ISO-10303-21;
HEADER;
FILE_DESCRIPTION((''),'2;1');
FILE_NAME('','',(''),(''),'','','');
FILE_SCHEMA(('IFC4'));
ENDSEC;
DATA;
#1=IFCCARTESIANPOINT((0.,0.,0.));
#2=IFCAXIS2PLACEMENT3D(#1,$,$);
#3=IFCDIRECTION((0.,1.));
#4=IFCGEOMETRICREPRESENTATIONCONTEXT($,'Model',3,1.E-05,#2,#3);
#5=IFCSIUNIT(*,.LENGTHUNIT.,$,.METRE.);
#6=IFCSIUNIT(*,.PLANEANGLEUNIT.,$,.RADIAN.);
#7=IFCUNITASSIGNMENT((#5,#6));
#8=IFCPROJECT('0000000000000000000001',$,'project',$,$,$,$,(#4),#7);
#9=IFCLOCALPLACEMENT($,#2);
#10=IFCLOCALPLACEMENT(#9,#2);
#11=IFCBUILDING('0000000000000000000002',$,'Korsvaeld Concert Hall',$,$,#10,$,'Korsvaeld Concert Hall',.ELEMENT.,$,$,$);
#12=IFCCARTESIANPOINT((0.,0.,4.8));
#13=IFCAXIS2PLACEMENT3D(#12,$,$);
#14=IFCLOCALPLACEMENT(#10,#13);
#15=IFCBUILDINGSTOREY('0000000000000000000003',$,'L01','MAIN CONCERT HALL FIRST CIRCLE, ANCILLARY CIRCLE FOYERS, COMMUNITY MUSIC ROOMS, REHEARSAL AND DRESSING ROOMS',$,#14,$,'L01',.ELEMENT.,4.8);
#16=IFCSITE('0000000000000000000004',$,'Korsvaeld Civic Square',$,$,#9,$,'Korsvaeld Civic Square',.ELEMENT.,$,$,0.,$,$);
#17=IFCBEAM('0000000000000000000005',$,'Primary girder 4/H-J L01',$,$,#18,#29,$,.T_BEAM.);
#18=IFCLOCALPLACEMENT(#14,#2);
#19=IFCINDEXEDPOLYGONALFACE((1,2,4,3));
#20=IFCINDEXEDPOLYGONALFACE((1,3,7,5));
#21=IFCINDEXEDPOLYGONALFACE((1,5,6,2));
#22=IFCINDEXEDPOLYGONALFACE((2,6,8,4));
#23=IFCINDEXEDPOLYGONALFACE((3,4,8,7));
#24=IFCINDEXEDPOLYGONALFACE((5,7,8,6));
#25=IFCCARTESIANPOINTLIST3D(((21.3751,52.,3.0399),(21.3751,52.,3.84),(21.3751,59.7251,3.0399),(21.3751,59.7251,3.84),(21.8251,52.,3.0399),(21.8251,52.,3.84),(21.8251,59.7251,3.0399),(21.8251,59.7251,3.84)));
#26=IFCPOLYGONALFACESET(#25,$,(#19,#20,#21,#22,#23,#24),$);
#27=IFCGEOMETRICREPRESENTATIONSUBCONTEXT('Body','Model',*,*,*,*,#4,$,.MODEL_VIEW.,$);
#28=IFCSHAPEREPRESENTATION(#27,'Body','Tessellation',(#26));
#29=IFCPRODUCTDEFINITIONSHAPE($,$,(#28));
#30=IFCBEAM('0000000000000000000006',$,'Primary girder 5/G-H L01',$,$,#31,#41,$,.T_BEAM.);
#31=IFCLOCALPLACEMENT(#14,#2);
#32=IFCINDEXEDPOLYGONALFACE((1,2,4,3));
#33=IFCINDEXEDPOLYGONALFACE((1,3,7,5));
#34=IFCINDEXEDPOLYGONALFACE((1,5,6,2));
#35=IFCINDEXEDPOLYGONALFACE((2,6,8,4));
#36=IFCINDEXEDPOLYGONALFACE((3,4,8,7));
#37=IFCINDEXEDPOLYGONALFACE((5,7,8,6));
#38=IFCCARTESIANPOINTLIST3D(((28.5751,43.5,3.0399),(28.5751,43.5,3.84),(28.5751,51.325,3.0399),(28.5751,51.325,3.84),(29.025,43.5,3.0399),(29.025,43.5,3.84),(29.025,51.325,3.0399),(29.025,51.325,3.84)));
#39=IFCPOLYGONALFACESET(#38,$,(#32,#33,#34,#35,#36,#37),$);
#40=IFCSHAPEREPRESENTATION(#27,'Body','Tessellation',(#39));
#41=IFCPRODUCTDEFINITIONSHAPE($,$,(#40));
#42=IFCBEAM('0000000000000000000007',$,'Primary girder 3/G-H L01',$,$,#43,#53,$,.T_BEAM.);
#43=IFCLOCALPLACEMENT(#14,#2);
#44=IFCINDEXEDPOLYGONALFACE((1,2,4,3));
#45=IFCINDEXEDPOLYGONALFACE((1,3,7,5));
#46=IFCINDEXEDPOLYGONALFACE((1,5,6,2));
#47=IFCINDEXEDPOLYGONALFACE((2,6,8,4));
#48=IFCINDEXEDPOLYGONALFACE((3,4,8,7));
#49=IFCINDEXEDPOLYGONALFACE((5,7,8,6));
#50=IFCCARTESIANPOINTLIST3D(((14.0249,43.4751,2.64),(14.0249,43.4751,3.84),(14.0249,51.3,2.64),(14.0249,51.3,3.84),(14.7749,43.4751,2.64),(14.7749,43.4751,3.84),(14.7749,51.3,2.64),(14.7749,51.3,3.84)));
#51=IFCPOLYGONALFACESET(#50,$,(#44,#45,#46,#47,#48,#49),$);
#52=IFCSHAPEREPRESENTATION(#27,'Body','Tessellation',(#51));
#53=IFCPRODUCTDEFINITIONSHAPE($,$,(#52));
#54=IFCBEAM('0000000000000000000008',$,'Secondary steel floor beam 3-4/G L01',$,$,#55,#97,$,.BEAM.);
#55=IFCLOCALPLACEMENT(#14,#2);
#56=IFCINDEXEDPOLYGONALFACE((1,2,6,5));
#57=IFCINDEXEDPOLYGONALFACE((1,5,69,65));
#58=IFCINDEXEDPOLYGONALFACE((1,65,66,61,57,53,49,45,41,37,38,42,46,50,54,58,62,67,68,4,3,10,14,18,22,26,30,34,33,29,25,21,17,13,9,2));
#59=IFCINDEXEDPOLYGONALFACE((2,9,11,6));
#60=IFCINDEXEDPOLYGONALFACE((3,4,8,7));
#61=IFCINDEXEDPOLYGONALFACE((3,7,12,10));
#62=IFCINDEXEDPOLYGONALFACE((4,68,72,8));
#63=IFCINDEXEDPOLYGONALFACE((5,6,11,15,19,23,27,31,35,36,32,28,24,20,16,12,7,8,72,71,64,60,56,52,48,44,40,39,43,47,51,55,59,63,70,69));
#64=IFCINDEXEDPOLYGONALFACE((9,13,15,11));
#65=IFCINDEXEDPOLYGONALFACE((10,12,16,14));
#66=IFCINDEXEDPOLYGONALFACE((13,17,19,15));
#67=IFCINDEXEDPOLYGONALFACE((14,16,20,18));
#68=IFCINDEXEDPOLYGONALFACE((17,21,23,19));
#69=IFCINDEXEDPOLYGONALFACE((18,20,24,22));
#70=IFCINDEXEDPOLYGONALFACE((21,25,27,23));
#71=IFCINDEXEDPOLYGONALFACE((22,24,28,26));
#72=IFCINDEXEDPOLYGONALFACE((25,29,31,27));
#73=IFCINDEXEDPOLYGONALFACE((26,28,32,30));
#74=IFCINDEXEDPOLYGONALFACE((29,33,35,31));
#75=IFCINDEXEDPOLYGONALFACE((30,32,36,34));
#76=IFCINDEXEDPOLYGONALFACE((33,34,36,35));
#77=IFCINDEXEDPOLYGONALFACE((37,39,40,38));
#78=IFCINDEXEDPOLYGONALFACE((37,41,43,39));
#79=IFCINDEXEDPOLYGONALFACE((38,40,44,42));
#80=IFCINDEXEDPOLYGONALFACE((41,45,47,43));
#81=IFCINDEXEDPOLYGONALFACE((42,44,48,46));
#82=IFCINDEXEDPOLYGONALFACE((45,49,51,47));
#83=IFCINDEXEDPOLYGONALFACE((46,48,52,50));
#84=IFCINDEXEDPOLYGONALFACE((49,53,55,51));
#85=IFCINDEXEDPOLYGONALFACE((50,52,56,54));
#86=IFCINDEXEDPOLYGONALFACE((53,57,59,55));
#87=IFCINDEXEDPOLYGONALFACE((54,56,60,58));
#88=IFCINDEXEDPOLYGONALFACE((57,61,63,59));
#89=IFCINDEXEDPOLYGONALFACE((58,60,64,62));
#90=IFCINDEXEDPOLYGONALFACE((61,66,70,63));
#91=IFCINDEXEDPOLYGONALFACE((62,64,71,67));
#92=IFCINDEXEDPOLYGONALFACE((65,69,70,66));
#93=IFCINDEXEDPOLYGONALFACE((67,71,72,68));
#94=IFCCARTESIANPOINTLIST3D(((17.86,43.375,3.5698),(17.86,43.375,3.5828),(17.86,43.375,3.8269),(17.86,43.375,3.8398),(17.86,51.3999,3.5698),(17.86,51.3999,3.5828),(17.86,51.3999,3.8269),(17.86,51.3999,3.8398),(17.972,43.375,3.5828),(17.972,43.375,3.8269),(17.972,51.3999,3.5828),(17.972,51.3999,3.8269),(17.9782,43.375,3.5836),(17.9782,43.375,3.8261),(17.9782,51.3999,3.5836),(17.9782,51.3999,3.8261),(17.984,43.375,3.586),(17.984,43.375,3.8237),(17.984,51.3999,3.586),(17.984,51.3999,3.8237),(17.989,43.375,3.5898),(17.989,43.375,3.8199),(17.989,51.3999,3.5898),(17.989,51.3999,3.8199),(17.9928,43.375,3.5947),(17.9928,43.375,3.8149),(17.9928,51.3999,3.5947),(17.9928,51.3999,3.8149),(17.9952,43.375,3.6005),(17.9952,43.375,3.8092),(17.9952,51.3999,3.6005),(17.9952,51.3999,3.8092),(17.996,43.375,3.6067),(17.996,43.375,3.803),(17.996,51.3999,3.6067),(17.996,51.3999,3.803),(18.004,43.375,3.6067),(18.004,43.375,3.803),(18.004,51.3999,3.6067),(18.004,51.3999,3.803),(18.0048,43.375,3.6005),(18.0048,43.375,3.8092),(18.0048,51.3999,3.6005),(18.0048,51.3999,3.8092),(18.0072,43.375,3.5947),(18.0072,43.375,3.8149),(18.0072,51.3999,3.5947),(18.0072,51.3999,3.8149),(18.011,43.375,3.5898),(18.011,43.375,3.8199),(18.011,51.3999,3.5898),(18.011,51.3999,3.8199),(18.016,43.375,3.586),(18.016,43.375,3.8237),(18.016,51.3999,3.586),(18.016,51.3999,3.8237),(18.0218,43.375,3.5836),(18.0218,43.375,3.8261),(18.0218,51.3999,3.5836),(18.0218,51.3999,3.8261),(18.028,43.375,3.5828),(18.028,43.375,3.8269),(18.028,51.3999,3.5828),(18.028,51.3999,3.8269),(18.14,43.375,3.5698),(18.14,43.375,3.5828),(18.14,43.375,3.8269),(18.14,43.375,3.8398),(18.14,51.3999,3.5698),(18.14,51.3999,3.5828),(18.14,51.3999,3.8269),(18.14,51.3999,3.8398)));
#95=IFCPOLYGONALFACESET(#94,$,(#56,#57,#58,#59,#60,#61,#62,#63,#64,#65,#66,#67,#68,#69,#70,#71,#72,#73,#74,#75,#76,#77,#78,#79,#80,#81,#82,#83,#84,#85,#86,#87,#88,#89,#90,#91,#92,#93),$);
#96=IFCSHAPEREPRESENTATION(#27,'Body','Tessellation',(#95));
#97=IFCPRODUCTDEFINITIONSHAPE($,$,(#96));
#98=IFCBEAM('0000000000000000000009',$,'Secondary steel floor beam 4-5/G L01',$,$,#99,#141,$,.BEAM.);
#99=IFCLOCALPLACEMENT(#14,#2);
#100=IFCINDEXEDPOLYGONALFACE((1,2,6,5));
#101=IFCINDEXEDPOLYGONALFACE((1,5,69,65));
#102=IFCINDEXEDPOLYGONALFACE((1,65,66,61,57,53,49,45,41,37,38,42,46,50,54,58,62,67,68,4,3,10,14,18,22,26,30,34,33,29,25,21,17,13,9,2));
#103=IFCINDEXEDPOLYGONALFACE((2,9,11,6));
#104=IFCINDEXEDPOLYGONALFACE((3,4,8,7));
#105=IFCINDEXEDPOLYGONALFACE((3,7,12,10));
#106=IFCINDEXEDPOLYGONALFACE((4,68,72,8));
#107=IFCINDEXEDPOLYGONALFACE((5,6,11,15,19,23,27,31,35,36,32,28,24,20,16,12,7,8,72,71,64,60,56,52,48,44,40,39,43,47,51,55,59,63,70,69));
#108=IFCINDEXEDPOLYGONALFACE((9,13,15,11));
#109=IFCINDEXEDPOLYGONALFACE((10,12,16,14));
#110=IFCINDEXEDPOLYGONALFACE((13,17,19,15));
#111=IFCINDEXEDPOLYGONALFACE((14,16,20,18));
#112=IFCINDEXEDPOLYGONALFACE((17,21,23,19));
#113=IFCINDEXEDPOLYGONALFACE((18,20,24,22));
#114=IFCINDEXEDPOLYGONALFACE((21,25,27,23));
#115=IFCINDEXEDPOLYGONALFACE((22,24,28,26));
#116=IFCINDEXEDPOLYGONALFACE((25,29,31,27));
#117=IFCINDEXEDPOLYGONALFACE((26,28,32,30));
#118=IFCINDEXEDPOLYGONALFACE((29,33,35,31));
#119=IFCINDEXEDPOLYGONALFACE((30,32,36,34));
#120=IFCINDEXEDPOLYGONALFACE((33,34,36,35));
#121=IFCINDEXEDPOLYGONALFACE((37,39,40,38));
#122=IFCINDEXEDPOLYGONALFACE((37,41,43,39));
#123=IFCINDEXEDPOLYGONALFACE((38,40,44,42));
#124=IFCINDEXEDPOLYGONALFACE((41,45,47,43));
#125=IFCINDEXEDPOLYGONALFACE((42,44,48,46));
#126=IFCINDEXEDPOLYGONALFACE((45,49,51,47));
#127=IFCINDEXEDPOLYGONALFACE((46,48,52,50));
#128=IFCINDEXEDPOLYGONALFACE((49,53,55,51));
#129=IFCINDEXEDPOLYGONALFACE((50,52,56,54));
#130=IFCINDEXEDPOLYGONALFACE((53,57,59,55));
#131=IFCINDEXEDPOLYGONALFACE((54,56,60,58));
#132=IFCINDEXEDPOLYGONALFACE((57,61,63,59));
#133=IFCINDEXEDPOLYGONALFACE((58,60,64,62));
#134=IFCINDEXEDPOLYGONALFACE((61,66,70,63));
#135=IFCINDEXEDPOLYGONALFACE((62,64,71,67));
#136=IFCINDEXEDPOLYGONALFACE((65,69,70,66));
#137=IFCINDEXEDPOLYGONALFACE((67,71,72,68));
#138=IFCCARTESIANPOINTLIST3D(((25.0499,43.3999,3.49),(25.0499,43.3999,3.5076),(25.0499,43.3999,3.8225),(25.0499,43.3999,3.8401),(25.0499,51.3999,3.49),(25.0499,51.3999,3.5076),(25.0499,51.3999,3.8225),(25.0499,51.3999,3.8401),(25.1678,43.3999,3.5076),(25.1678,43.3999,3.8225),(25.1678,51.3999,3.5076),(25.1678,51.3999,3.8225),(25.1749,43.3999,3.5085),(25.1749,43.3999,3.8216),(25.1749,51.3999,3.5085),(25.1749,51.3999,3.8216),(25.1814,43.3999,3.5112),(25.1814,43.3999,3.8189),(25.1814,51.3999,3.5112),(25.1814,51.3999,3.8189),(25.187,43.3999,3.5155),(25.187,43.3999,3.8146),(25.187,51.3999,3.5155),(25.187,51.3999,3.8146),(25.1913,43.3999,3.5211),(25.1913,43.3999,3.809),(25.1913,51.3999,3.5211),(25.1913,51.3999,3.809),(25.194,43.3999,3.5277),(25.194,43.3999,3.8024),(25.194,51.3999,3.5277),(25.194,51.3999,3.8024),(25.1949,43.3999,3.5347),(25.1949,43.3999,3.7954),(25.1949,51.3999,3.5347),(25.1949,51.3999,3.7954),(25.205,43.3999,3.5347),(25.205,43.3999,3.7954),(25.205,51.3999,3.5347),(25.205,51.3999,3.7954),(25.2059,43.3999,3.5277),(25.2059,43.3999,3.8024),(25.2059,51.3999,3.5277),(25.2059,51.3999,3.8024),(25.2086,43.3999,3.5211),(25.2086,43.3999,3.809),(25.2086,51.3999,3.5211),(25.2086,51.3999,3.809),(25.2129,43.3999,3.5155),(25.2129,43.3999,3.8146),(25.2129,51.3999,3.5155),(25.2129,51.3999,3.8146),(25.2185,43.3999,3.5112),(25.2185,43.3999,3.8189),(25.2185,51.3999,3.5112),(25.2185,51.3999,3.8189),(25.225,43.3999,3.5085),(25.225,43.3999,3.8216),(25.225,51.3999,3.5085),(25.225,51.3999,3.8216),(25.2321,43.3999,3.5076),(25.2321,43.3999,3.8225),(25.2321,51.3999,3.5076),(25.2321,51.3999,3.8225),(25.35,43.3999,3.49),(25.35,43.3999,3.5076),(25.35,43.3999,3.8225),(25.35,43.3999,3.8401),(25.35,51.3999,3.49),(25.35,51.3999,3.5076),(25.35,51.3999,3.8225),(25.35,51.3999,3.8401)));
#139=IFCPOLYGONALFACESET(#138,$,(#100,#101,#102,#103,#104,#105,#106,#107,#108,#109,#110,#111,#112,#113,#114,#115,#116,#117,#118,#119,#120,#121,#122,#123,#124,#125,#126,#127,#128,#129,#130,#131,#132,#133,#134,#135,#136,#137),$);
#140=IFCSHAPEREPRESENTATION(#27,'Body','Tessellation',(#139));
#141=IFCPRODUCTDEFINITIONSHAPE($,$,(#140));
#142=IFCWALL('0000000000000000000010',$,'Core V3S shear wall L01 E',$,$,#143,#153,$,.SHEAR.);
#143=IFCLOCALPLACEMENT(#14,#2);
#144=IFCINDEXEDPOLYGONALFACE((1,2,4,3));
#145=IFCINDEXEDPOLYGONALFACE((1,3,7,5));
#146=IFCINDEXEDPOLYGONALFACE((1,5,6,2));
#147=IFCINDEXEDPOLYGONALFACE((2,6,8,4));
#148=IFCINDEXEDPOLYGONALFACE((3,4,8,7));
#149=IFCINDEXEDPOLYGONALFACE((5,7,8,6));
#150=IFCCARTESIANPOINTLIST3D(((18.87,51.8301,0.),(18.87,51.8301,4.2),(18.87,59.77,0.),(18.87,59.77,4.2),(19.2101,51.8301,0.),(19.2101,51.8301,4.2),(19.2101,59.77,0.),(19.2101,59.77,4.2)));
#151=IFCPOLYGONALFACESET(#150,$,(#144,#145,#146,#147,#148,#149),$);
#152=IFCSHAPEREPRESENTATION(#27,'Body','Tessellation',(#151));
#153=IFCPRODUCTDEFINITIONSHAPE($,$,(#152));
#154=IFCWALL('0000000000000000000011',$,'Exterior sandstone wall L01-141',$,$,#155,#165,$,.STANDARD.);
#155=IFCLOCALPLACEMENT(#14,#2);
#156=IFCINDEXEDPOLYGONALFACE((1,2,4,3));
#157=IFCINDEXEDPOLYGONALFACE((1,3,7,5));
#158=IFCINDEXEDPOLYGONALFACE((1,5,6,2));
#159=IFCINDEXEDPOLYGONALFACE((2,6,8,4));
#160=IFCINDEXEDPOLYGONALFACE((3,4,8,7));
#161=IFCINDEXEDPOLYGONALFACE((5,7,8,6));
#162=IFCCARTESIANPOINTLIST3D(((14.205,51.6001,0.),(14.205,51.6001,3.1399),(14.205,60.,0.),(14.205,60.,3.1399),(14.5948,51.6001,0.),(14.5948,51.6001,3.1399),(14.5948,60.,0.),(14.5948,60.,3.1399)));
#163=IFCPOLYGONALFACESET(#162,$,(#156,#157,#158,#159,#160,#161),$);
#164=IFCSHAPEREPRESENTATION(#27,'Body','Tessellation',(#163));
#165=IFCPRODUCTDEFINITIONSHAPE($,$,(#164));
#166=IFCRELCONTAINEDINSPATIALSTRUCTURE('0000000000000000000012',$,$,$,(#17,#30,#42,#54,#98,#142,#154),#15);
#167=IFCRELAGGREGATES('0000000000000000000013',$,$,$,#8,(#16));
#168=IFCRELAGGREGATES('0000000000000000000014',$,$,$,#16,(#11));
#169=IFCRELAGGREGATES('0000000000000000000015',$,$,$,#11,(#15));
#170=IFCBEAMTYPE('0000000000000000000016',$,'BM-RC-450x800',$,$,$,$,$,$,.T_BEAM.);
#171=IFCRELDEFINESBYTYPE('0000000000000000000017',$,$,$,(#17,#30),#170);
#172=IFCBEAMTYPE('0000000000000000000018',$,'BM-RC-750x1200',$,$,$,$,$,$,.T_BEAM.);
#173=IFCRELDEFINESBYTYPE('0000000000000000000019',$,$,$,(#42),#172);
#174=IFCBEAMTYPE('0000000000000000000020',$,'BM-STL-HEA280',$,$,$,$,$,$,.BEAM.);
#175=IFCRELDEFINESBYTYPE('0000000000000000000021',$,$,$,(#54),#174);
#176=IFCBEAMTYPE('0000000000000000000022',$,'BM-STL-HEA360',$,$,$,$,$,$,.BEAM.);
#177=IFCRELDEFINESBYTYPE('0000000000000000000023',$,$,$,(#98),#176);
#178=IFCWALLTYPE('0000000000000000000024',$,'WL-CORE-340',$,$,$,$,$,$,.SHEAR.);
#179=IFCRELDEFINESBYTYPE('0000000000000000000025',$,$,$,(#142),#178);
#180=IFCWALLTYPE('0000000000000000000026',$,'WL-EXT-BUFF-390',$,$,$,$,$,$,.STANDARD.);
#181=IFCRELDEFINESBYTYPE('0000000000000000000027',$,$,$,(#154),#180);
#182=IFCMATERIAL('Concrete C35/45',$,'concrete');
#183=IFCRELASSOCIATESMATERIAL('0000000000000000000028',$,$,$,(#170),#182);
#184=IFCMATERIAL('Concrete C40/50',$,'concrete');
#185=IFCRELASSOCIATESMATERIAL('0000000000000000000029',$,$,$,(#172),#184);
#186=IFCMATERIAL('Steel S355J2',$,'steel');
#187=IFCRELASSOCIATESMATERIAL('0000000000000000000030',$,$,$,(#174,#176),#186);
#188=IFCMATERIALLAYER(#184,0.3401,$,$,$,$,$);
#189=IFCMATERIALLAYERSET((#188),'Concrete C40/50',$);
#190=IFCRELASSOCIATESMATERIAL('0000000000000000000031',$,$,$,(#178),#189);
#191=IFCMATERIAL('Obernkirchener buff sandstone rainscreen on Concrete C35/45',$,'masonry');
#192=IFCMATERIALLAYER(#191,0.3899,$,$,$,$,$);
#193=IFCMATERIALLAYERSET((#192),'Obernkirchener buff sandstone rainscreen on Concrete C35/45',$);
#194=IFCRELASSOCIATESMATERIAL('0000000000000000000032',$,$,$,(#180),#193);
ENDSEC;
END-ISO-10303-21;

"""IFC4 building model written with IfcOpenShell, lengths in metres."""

from ifc_helpers import new_model, si_unit, direction, frame, frame_2d, origin, origin_2d, place, context, subcontext, project, spatial, rectangle, i_section, extrude, material, layer, layer_set, material_profile, profile_set, type_object, element, save


model = new_model("IFC4")

# Units and contexts
model_context = context("Model", 3, precision=1e-05, world=origin(), true_north=direction((0.0, 1.0)))
body_context = subcontext(model_context, "Body", "Model", "MODEL_VIEW")
ifc_project = project(units=[si_unit("LENGTHUNIT", "METRE"), si_unit("PLANEANGLEUNIT", "RADIAN")], contexts=[model_context])

# Site, building, storey
site_placement = place(None, origin())
site = spatial("IfcSite", under=ifc_project, at=site_placement, Name="Korsvaeld Civic Square", LongName="Korsvaeld Civic Square", CompositionType="ELEMENT", RefElevation=0.0)
building_placement = place(site_placement, origin())
building = spatial("IfcBuilding", under=site, at=building_placement, Name="Korsvaeld Concert Hall", LongName="Korsvaeld Concert Hall", CompositionType="ELEMENT")
storey_placement = place(building_placement, frame((0.0, 0.0, 4.8)))
storey = spatial("IfcBuildingStorey", under=building, at=storey_placement, Name="L01", Description="MAIN CONCERT HALL FIRST CIRCLE, ANCILLARY CIRCLE FOYERS, COMMUNITY MUSIC ROOMS, REHEARSAL AND DRESSING ROOMS", LongName="L01", CompositionType="ELEMENT", Elevation=4.8)

# Shared definitions
ifc_material_1 = material(Name="Concrete C40/50", Category="concrete")

# Beams
ifc_material_2 = material(Name="Concrete C35/45", Category="concrete")
ifc_material_profile_1 = material_profile(ifc_material_2, rectangle(XDim=0.45, YDim=0.8, at=origin_2d()), Name="RC 450x800")
ifc_profile_set_1 = profile_set([ifc_material_profile_1], Name="Concrete C35/45")
beam_type_1 = type_object("IfcBeamType", Name="BM-RC-450x800", PredefinedType="T_BEAM", material=ifc_profile_set_1)
beam_1_placement = place(storey_placement, frame((21.6001, 52.0, 3.4399), z_axis=(0.0, 1.0, 0.0), x_axis=(-1.0, 0.0, 0.0)))
element("IfcBeam", 1, at=beam_1_placement, inside=storey, type_object=beam_type_1, Name="Primary girder 4/H-J L01", PredefinedType="T_BEAM", context=body_context, shape_type="SweptSolid", body=[
    extrude(rectangle(XDim=0.45, YDim=0.8, at=origin_2d()), origin(), (0.0, 0.0, 1.0), 7.7251),
])
beam_2_placement = place(storey_placement, frame((28.8, 43.5, 3.4399), z_axis=(0.0, 1.0, 0.0), x_axis=(-1.0, 0.0, 0.0)))
element("IfcBeam", 2, at=beam_2_placement, inside=storey, type_object=beam_type_1, Name="Primary girder 5/G-H L01", PredefinedType="T_BEAM", context=body_context, shape_type="SweptSolid", body=[
    extrude(rectangle(XDim=0.45, YDim=0.8, at=origin_2d()), origin(), (0.0, 0.0, 1.0), 7.825),
])
ifc_material_profile_2 = material_profile(ifc_material_1, rectangle(XDim=0.75, YDim=1.2, at=origin_2d()), Name="RC 750x1200")
ifc_profile_set_2 = profile_set([ifc_material_profile_2], Name="Concrete C40/50")
beam_type_2 = type_object("IfcBeamType", Name="BM-RC-750x1200", PredefinedType="T_BEAM", material=ifc_profile_set_2)
beam_3_placement = place(storey_placement, frame((14.3999, 43.4751, 3.24), z_axis=(0.0, 1.0, 0.0), x_axis=(-1.0, 0.0, 0.0)))
element("IfcBeam", 3, at=beam_3_placement, inside=storey, type_object=beam_type_2, Name="Primary girder 3/G-H L01", PredefinedType="T_BEAM", context=body_context, shape_type="SweptSolid", body=[
    extrude(rectangle(XDim=0.75, YDim=1.2, at=origin_2d()), origin(), (0.0, 0.0, 1.0), 7.825),
])
ifc_material_3 = material(Name="Steel S355J2", Category="steel")
ifc_material_profile_3 = material_profile(ifc_material_3, i_section(OverallWidth=0.28, OverallDepth=0.27, WebThickness=0.0081, FlangeThickness=0.0129, FilletRadius=0.0239, at=origin_2d()), Name="HEA 280")
ifc_profile_set_3 = profile_set([ifc_material_profile_3], Name="Steel S355J2")
beam_type_3 = type_object("IfcBeamType", Name="BM-STL-HEA280", PredefinedType="BEAM", material=ifc_profile_set_3)
beam_4_placement = place(storey_placement, frame((18.0, 43.375, 3.7048), z_axis=(0.0, 1.0, 0.0), x_axis=(-1.0, 0.0, 0.0)))
element("IfcBeam", 4, at=beam_4_placement, inside=storey, type_object=beam_type_3, Name="Secondary steel floor beam 3-4/G L01", PredefinedType="BEAM", context=body_context, shape_type="SweptSolid", body=[
    extrude(i_section(OverallWidth=0.28, OverallDepth=0.27, WebThickness=0.0081, FlangeThickness=0.0129, FilletRadius=0.0239, at=origin_2d()), origin(), (0.0, 0.0, 1.0), 8.0249),
])
ifc_material_profile_4 = material_profile(ifc_material_3, i_section(OverallWidth=0.3, OverallDepth=0.3501, WebThickness=0.01, FlangeThickness=0.0176, FilletRadius=0.0271, at=origin_2d()), Name="HEA 360")
ifc_profile_set_4 = profile_set([ifc_material_profile_4], Name="Steel S355J2")
beam_type_4 = type_object("IfcBeamType", Name="BM-STL-HEA360", PredefinedType="BEAM", material=ifc_profile_set_4)
beam_5_placement = place(storey_placement, frame((25.2, 43.3999, 3.665), z_axis=(0.0, 1.0, 0.0), x_axis=(-1.0, 0.0, 0.0)))
element("IfcBeam", 5, at=beam_5_placement, inside=storey, type_object=beam_type_4, Name="Secondary steel floor beam 4-5/G L01", PredefinedType="BEAM", context=body_context, shape_type="SweptSolid", body=[
    extrude(i_section(OverallWidth=0.3, OverallDepth=0.3501, WebThickness=0.01, FlangeThickness=0.0176, FilletRadius=0.0271, at=origin_2d()), origin(), (0.0, 0.0, 1.0), 8.0),
])

# Shared definitions
ifc_layer_1 = layer(ifc_material_1, 0.3401)
ifc_layer_set_1 = layer_set([ifc_layer_1], Name="Concrete C40/50")
wall_type_1 = type_object("IfcWallType", Name="WL-CORE-340", PredefinedType="SHEAR", material=ifc_layer_set_1)

# Walls
wall_1_placement = place(storey_placement, frame((19.04, 51.8301, 0.0), z_axis=(0.0, 0.0, 1.0), x_axis=(0.0, 1.0, 0.0)))
element("IfcWall", 6, at=wall_1_placement, inside=storey, type_object=wall_type_1, Name="Core V3S shear wall L01 E", PredefinedType="SHEAR", context=body_context, shape_type="SweptSolid", body=[
    extrude(rectangle(XDim=7.9399, YDim=0.3401, at=frame_2d((3.97, 0.0))), origin(), (0.0, 0.0, 1.0), 4.2),
])
ifc_material_4 = material(Name="Obernkirchener buff sandstone rainscreen on Concrete C35/45", Category="masonry")
ifc_layer_2 = layer(ifc_material_4, 0.3899)
ifc_layer_set_2 = layer_set([ifc_layer_2], Name="Obernkirchener buff sandstone rainscreen on Concrete C35/45")
wall_type_2 = type_object("IfcWallType", Name="WL-EXT-BUFF-390", PredefinedType="STANDARD", material=ifc_layer_set_2)
wall_2_placement = place(storey_placement, frame((14.3999, 51.6001, 0.0), z_axis=(0.0, 0.0, 1.0), x_axis=(0.0, 1.0, 0.0)))
element("IfcWall", 7, at=wall_2_placement, inside=storey, type_object=wall_type_2, Name="Exterior sandstone wall L01-141", PredefinedType="STANDARD", context=body_context, shape_type="SweptSolid", body=[
    extrude(rectangle(XDim=8.3999, YDim=0.3899, at=frame_2d((4.2, 0.0))), origin(), (0.0, 0.0, 1.0), 3.1399),
])

save(model, "model.ifc")
